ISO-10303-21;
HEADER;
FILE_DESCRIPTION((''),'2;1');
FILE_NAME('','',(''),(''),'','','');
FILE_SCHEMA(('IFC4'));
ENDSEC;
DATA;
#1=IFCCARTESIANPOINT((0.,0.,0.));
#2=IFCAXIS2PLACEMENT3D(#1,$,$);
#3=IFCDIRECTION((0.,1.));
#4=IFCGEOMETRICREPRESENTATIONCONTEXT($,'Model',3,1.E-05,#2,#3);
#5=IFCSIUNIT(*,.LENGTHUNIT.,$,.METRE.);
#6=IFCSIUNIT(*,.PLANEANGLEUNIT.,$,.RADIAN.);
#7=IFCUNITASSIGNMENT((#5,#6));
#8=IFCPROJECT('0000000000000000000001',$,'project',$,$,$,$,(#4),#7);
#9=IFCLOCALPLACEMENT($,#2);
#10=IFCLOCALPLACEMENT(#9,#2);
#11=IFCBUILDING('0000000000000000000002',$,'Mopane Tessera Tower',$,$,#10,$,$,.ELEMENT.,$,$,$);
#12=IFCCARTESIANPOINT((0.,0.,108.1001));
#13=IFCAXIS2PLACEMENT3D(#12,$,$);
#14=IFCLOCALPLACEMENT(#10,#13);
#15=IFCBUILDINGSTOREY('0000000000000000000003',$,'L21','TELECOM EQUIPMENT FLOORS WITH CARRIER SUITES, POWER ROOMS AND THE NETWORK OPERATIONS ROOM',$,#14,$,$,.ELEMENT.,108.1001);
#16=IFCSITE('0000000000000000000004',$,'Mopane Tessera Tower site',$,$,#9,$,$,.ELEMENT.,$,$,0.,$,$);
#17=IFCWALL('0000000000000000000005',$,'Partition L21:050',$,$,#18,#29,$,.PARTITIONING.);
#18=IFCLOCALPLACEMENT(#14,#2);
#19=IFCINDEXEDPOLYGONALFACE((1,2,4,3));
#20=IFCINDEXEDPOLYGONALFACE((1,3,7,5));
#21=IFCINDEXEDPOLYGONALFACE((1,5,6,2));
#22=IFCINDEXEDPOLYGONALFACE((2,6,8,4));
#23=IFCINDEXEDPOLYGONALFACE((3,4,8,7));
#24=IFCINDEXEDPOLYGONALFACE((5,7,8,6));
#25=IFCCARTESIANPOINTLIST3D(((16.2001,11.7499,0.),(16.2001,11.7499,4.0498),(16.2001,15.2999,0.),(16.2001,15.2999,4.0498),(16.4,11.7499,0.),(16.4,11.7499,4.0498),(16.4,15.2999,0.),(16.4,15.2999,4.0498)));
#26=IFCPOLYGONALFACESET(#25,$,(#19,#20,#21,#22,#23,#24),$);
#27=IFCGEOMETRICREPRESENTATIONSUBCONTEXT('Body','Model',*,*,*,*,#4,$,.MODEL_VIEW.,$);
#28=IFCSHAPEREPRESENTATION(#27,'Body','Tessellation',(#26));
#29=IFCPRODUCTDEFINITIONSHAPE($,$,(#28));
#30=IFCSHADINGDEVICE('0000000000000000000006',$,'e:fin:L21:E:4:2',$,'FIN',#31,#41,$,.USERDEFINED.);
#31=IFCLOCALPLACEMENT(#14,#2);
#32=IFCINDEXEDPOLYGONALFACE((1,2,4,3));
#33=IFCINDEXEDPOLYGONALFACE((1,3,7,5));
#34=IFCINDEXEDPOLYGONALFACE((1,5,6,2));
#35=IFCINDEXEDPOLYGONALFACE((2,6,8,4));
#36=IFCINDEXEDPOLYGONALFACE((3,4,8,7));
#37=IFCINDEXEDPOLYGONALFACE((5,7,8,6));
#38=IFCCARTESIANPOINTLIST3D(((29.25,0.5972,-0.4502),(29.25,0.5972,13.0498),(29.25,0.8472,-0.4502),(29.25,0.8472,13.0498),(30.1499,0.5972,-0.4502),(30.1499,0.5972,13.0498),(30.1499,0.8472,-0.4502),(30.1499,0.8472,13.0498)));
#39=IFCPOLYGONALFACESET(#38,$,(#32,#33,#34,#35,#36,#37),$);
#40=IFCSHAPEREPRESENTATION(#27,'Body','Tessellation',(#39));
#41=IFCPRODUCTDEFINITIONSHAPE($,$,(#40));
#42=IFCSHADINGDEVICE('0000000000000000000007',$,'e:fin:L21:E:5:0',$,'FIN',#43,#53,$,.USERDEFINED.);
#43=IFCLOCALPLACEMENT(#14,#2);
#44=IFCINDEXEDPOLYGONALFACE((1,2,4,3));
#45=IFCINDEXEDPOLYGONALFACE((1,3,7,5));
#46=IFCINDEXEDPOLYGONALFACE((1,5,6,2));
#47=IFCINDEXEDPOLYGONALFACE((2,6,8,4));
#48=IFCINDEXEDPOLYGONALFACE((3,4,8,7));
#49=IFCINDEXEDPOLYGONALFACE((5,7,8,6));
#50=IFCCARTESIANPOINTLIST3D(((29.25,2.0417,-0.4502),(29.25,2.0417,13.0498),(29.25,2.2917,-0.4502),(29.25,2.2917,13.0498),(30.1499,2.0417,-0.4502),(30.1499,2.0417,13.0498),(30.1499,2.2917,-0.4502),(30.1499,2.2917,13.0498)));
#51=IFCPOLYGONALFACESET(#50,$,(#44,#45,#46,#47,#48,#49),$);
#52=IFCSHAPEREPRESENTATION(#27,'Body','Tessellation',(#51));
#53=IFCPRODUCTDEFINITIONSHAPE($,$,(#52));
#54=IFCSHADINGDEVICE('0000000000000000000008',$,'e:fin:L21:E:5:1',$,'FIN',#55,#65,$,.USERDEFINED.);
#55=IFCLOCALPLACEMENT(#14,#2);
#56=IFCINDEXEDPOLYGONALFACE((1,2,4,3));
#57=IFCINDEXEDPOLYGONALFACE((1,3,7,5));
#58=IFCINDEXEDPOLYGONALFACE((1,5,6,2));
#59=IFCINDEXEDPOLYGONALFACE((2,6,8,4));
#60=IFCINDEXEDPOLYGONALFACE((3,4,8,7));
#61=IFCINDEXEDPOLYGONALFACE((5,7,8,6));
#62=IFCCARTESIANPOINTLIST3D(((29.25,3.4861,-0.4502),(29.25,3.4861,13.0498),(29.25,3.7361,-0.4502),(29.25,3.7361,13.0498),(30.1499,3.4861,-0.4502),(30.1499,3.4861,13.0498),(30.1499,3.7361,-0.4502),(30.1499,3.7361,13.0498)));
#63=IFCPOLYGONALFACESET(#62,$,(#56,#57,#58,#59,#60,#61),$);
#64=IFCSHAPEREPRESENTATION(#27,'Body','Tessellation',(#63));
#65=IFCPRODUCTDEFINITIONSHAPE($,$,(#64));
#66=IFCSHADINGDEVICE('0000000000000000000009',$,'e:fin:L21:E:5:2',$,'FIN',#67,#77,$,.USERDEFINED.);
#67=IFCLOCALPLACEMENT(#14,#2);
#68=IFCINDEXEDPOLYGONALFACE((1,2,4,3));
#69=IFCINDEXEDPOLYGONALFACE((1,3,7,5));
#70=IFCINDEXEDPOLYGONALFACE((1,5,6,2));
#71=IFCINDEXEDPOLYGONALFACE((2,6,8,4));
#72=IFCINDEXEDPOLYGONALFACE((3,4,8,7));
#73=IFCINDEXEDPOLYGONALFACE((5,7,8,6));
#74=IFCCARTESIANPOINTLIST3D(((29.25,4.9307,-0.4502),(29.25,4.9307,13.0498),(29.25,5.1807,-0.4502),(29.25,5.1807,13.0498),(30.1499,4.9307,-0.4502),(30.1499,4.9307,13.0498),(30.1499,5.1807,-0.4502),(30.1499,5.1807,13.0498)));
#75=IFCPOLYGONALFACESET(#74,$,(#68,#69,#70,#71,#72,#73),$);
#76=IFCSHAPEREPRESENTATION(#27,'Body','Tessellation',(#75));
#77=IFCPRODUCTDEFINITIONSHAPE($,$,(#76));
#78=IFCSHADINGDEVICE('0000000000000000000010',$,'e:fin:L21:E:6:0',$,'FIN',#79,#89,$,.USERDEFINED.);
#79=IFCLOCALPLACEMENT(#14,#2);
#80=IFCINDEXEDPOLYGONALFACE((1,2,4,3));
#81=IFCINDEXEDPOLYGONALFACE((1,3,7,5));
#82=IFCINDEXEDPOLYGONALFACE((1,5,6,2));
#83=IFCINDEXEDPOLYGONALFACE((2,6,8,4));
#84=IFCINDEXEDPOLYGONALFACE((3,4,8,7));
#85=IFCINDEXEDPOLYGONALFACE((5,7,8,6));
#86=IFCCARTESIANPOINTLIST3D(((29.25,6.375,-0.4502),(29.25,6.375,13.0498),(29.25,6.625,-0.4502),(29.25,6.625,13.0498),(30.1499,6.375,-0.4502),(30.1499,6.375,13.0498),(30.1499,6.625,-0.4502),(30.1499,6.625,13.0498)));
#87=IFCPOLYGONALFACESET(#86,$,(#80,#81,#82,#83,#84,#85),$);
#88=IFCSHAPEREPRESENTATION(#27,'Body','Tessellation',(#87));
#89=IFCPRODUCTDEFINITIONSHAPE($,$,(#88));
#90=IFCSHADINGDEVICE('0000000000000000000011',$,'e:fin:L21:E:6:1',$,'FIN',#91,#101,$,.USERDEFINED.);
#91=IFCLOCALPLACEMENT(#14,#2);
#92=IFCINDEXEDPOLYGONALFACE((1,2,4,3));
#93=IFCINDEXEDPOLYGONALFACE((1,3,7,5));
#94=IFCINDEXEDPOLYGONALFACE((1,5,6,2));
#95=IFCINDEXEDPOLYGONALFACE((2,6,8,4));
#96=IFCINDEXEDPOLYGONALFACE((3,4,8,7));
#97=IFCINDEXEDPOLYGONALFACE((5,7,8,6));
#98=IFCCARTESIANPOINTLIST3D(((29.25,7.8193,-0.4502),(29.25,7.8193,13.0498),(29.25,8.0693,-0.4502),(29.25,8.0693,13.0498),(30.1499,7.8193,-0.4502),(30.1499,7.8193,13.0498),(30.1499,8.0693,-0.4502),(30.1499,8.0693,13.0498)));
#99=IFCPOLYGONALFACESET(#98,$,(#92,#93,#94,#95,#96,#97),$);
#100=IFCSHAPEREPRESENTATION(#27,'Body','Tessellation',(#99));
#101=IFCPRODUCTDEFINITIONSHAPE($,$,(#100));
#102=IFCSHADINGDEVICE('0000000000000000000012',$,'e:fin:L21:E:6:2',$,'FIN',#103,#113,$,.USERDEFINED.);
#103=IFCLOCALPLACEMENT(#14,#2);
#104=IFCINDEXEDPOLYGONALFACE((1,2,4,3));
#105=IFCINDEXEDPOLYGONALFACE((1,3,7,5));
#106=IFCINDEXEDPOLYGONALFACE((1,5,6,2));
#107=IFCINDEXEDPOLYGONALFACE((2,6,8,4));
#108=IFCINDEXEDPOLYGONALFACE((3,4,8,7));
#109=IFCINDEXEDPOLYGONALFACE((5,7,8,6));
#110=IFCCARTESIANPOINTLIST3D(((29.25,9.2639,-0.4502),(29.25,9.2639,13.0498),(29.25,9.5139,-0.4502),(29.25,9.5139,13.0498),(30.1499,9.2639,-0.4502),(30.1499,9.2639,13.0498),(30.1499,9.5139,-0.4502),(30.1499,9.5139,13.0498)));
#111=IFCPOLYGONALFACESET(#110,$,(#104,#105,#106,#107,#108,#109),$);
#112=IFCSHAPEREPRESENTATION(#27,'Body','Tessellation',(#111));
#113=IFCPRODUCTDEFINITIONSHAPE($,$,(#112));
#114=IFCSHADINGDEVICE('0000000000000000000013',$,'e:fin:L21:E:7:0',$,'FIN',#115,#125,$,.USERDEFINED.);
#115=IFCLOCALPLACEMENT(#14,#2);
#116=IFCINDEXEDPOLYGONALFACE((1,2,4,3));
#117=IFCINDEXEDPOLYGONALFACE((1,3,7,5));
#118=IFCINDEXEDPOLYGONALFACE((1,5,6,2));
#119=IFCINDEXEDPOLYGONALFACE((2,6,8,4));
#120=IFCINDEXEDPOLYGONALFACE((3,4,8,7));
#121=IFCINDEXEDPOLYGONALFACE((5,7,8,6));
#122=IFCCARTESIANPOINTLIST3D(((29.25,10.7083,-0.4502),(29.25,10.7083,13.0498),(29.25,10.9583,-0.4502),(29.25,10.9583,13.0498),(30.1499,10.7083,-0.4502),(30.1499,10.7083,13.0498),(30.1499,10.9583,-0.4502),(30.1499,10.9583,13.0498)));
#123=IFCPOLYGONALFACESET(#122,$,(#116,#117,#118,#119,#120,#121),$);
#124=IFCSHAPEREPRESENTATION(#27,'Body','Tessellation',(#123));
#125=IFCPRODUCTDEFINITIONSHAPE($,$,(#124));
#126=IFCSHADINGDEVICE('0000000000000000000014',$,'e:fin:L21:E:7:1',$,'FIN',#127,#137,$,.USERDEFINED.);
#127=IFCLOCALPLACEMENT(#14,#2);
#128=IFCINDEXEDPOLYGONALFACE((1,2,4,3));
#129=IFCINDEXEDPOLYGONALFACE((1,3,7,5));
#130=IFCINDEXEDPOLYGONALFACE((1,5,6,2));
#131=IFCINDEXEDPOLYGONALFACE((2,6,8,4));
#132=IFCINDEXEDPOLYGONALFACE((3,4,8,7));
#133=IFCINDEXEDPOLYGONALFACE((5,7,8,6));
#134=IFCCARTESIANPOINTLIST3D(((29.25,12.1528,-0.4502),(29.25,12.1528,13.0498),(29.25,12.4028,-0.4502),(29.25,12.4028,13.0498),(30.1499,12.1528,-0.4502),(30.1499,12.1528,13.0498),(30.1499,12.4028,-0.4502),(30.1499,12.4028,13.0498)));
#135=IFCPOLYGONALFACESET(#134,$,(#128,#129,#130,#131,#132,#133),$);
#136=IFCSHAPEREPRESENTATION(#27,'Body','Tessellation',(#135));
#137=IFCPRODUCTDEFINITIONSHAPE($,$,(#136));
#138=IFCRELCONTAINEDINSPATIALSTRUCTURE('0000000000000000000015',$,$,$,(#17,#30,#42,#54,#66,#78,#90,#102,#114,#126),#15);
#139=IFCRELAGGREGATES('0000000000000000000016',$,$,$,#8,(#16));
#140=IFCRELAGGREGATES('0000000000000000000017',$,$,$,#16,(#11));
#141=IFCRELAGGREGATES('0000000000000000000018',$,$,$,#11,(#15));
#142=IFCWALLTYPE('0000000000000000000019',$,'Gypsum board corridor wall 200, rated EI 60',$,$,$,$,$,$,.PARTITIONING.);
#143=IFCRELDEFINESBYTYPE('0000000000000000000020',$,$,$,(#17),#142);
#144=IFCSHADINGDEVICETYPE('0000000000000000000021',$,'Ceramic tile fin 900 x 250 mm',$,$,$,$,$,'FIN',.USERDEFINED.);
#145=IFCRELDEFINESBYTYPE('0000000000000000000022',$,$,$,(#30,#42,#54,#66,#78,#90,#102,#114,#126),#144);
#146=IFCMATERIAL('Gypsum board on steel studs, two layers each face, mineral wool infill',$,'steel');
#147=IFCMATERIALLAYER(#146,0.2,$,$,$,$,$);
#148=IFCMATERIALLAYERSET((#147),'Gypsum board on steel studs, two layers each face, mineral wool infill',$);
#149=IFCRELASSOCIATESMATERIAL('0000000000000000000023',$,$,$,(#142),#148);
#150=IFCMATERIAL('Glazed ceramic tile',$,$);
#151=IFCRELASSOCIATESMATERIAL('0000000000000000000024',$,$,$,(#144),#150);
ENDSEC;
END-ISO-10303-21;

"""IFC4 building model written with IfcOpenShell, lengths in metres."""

from ifc_helpers import new_model, si_unit, direction, frame, frame_2d, origin, origin_2d, place, context, subcontext, project, spatial, rectangle, extrude, material, layer, layer_set, type_object, element, save


model = new_model("IFC4")

# Units and contexts
model_context = context("Model", 3, precision=1e-05, world=origin(), true_north=direction((0.0, 1.0)))
body_context = subcontext(model_context, "Body", "Model", "MODEL_VIEW")
ifc_project = project(units=[si_unit("LENGTHUNIT", "METRE"), si_unit("PLANEANGLEUNIT", "RADIAN")], contexts=[model_context])

# Site, building, storey
site_placement = place(None, origin())
site = spatial("IfcSite", under=ifc_project, at=site_placement, Name="Mopane Tessera Tower site", CompositionType="ELEMENT", RefElevation=0.0)
building_placement = place(site_placement, origin())
building = spatial("IfcBuilding", under=site, at=building_placement, Name="Mopane Tessera Tower", CompositionType="ELEMENT")
storey_placement = place(building_placement, frame((0.0, 0.0, 108.1001)))
storey = spatial("IfcBuildingStorey", under=building, at=storey_placement, Name="L21", Description="TELECOM EQUIPMENT FLOORS WITH CARRIER SUITES, POWER ROOMS AND THE NETWORK OPERATIONS ROOM", CompositionType="ELEMENT", Elevation=108.1001)

# Wall
ifc_material_1 = material(Name="Gypsum board on steel studs, two layers each face, mineral wool infill", Category="steel")
ifc_layer_1 = layer(ifc_material_1, 0.2)
ifc_layer_set_1 = layer_set([ifc_layer_1], Name="Gypsum board on steel studs, two layers each face, mineral wool infill")
wall_type_1 = type_object("IfcWallType", Name="Gypsum board corridor wall 200, rated EI 60", PredefinedType="PARTITIONING", material=ifc_layer_set_1)
wall_1_placement = place(storey_placement, frame((16.3, 11.75, 0.0), z_axis=(0.0, 0.0, 1.0), x_axis=(0.0, 1.0, 0.0)))
element("IfcWall", 1, at=wall_1_placement, inside=storey, type_object=wall_type_1, Name="Partition L21:050", PredefinedType="PARTITIONING", context=body_context, shape_type="SweptSolid", body=[
    extrude(rectangle(XDim=3.55, YDim=0.2, at=frame_2d((1.7749, 0.0))), origin(), (0.0, 0.0, 1.0), 4.0498),
])

# Shading devices
ifc_material_2 = material(Name="Glazed ceramic tile")
shading_device_type = type_object("IfcShadingDeviceType", Name="Ceramic tile fin 900 x 250 mm", ElementType="FIN", PredefinedType="USERDEFINED", material=ifc_material_2)
for number, where, z_axis, x_axis, name in (
    (2, (29.7, 0.7222, -0.4502), (0.0, 0.0, 1.0), (0.0, 1.0, 0.0), "e:fin:L21:E:4:2"),
    (3, (29.7, 2.1667, -0.4502), (0.0, 0.0, 1.0), (0.0, 1.0, 0.0), "e:fin:L21:E:5:0"),
    (4, (29.7, 3.6111, -0.4502), (0.0, 0.0, 1.0), (0.0, 1.0, 0.0), "e:fin:L21:E:5:1"),
    (5, (29.7, 5.0557, -0.4502), (0.0, 0.0, 1.0), (0.0, 1.0, 0.0), "e:fin:L21:E:5:2"),
    (6, (29.7, 6.5, -0.4502), (0.0, 0.0, 1.0), (0.0, 1.0, 0.0), "e:fin:L21:E:6:0"),
    (7, (29.7, 7.9443, -0.4502), (0.0, 0.0, 1.0), (0.0, 1.0, 0.0), "e:fin:L21:E:6:1"),
    (8, (29.7, 9.3889, -0.4502), (0.0, 0.0, 1.0), (0.0, 1.0, 0.0), "e:fin:L21:E:6:2"),
    (9, (29.7, 10.8333, -0.4502), (0.0, 0.0, 1.0), (0.0, 1.0, 0.0), "e:fin:L21:E:7:0"),
    (10, (29.7, 12.2778, -0.4502), (0.0, 0.0, 1.0), (0.0, 1.0, 0.0), "e:fin:L21:E:7:1"),
):
    element("IfcShadingDevice", number, at=place(storey_placement, frame(where, z_axis=z_axis, x_axis=x_axis)), inside=storey, type_object=shading_device_type, Name=name, ObjectType="FIN", PredefinedType="USERDEFINED", context=body_context, shape_type="SweptSolid", body=[
        extrude(rectangle(XDim=0.25, YDim=0.8999, at=origin_2d()), origin(), (0.0, 0.0, 1.0), 13.5),
    ])

save(model, "model.ifc")
